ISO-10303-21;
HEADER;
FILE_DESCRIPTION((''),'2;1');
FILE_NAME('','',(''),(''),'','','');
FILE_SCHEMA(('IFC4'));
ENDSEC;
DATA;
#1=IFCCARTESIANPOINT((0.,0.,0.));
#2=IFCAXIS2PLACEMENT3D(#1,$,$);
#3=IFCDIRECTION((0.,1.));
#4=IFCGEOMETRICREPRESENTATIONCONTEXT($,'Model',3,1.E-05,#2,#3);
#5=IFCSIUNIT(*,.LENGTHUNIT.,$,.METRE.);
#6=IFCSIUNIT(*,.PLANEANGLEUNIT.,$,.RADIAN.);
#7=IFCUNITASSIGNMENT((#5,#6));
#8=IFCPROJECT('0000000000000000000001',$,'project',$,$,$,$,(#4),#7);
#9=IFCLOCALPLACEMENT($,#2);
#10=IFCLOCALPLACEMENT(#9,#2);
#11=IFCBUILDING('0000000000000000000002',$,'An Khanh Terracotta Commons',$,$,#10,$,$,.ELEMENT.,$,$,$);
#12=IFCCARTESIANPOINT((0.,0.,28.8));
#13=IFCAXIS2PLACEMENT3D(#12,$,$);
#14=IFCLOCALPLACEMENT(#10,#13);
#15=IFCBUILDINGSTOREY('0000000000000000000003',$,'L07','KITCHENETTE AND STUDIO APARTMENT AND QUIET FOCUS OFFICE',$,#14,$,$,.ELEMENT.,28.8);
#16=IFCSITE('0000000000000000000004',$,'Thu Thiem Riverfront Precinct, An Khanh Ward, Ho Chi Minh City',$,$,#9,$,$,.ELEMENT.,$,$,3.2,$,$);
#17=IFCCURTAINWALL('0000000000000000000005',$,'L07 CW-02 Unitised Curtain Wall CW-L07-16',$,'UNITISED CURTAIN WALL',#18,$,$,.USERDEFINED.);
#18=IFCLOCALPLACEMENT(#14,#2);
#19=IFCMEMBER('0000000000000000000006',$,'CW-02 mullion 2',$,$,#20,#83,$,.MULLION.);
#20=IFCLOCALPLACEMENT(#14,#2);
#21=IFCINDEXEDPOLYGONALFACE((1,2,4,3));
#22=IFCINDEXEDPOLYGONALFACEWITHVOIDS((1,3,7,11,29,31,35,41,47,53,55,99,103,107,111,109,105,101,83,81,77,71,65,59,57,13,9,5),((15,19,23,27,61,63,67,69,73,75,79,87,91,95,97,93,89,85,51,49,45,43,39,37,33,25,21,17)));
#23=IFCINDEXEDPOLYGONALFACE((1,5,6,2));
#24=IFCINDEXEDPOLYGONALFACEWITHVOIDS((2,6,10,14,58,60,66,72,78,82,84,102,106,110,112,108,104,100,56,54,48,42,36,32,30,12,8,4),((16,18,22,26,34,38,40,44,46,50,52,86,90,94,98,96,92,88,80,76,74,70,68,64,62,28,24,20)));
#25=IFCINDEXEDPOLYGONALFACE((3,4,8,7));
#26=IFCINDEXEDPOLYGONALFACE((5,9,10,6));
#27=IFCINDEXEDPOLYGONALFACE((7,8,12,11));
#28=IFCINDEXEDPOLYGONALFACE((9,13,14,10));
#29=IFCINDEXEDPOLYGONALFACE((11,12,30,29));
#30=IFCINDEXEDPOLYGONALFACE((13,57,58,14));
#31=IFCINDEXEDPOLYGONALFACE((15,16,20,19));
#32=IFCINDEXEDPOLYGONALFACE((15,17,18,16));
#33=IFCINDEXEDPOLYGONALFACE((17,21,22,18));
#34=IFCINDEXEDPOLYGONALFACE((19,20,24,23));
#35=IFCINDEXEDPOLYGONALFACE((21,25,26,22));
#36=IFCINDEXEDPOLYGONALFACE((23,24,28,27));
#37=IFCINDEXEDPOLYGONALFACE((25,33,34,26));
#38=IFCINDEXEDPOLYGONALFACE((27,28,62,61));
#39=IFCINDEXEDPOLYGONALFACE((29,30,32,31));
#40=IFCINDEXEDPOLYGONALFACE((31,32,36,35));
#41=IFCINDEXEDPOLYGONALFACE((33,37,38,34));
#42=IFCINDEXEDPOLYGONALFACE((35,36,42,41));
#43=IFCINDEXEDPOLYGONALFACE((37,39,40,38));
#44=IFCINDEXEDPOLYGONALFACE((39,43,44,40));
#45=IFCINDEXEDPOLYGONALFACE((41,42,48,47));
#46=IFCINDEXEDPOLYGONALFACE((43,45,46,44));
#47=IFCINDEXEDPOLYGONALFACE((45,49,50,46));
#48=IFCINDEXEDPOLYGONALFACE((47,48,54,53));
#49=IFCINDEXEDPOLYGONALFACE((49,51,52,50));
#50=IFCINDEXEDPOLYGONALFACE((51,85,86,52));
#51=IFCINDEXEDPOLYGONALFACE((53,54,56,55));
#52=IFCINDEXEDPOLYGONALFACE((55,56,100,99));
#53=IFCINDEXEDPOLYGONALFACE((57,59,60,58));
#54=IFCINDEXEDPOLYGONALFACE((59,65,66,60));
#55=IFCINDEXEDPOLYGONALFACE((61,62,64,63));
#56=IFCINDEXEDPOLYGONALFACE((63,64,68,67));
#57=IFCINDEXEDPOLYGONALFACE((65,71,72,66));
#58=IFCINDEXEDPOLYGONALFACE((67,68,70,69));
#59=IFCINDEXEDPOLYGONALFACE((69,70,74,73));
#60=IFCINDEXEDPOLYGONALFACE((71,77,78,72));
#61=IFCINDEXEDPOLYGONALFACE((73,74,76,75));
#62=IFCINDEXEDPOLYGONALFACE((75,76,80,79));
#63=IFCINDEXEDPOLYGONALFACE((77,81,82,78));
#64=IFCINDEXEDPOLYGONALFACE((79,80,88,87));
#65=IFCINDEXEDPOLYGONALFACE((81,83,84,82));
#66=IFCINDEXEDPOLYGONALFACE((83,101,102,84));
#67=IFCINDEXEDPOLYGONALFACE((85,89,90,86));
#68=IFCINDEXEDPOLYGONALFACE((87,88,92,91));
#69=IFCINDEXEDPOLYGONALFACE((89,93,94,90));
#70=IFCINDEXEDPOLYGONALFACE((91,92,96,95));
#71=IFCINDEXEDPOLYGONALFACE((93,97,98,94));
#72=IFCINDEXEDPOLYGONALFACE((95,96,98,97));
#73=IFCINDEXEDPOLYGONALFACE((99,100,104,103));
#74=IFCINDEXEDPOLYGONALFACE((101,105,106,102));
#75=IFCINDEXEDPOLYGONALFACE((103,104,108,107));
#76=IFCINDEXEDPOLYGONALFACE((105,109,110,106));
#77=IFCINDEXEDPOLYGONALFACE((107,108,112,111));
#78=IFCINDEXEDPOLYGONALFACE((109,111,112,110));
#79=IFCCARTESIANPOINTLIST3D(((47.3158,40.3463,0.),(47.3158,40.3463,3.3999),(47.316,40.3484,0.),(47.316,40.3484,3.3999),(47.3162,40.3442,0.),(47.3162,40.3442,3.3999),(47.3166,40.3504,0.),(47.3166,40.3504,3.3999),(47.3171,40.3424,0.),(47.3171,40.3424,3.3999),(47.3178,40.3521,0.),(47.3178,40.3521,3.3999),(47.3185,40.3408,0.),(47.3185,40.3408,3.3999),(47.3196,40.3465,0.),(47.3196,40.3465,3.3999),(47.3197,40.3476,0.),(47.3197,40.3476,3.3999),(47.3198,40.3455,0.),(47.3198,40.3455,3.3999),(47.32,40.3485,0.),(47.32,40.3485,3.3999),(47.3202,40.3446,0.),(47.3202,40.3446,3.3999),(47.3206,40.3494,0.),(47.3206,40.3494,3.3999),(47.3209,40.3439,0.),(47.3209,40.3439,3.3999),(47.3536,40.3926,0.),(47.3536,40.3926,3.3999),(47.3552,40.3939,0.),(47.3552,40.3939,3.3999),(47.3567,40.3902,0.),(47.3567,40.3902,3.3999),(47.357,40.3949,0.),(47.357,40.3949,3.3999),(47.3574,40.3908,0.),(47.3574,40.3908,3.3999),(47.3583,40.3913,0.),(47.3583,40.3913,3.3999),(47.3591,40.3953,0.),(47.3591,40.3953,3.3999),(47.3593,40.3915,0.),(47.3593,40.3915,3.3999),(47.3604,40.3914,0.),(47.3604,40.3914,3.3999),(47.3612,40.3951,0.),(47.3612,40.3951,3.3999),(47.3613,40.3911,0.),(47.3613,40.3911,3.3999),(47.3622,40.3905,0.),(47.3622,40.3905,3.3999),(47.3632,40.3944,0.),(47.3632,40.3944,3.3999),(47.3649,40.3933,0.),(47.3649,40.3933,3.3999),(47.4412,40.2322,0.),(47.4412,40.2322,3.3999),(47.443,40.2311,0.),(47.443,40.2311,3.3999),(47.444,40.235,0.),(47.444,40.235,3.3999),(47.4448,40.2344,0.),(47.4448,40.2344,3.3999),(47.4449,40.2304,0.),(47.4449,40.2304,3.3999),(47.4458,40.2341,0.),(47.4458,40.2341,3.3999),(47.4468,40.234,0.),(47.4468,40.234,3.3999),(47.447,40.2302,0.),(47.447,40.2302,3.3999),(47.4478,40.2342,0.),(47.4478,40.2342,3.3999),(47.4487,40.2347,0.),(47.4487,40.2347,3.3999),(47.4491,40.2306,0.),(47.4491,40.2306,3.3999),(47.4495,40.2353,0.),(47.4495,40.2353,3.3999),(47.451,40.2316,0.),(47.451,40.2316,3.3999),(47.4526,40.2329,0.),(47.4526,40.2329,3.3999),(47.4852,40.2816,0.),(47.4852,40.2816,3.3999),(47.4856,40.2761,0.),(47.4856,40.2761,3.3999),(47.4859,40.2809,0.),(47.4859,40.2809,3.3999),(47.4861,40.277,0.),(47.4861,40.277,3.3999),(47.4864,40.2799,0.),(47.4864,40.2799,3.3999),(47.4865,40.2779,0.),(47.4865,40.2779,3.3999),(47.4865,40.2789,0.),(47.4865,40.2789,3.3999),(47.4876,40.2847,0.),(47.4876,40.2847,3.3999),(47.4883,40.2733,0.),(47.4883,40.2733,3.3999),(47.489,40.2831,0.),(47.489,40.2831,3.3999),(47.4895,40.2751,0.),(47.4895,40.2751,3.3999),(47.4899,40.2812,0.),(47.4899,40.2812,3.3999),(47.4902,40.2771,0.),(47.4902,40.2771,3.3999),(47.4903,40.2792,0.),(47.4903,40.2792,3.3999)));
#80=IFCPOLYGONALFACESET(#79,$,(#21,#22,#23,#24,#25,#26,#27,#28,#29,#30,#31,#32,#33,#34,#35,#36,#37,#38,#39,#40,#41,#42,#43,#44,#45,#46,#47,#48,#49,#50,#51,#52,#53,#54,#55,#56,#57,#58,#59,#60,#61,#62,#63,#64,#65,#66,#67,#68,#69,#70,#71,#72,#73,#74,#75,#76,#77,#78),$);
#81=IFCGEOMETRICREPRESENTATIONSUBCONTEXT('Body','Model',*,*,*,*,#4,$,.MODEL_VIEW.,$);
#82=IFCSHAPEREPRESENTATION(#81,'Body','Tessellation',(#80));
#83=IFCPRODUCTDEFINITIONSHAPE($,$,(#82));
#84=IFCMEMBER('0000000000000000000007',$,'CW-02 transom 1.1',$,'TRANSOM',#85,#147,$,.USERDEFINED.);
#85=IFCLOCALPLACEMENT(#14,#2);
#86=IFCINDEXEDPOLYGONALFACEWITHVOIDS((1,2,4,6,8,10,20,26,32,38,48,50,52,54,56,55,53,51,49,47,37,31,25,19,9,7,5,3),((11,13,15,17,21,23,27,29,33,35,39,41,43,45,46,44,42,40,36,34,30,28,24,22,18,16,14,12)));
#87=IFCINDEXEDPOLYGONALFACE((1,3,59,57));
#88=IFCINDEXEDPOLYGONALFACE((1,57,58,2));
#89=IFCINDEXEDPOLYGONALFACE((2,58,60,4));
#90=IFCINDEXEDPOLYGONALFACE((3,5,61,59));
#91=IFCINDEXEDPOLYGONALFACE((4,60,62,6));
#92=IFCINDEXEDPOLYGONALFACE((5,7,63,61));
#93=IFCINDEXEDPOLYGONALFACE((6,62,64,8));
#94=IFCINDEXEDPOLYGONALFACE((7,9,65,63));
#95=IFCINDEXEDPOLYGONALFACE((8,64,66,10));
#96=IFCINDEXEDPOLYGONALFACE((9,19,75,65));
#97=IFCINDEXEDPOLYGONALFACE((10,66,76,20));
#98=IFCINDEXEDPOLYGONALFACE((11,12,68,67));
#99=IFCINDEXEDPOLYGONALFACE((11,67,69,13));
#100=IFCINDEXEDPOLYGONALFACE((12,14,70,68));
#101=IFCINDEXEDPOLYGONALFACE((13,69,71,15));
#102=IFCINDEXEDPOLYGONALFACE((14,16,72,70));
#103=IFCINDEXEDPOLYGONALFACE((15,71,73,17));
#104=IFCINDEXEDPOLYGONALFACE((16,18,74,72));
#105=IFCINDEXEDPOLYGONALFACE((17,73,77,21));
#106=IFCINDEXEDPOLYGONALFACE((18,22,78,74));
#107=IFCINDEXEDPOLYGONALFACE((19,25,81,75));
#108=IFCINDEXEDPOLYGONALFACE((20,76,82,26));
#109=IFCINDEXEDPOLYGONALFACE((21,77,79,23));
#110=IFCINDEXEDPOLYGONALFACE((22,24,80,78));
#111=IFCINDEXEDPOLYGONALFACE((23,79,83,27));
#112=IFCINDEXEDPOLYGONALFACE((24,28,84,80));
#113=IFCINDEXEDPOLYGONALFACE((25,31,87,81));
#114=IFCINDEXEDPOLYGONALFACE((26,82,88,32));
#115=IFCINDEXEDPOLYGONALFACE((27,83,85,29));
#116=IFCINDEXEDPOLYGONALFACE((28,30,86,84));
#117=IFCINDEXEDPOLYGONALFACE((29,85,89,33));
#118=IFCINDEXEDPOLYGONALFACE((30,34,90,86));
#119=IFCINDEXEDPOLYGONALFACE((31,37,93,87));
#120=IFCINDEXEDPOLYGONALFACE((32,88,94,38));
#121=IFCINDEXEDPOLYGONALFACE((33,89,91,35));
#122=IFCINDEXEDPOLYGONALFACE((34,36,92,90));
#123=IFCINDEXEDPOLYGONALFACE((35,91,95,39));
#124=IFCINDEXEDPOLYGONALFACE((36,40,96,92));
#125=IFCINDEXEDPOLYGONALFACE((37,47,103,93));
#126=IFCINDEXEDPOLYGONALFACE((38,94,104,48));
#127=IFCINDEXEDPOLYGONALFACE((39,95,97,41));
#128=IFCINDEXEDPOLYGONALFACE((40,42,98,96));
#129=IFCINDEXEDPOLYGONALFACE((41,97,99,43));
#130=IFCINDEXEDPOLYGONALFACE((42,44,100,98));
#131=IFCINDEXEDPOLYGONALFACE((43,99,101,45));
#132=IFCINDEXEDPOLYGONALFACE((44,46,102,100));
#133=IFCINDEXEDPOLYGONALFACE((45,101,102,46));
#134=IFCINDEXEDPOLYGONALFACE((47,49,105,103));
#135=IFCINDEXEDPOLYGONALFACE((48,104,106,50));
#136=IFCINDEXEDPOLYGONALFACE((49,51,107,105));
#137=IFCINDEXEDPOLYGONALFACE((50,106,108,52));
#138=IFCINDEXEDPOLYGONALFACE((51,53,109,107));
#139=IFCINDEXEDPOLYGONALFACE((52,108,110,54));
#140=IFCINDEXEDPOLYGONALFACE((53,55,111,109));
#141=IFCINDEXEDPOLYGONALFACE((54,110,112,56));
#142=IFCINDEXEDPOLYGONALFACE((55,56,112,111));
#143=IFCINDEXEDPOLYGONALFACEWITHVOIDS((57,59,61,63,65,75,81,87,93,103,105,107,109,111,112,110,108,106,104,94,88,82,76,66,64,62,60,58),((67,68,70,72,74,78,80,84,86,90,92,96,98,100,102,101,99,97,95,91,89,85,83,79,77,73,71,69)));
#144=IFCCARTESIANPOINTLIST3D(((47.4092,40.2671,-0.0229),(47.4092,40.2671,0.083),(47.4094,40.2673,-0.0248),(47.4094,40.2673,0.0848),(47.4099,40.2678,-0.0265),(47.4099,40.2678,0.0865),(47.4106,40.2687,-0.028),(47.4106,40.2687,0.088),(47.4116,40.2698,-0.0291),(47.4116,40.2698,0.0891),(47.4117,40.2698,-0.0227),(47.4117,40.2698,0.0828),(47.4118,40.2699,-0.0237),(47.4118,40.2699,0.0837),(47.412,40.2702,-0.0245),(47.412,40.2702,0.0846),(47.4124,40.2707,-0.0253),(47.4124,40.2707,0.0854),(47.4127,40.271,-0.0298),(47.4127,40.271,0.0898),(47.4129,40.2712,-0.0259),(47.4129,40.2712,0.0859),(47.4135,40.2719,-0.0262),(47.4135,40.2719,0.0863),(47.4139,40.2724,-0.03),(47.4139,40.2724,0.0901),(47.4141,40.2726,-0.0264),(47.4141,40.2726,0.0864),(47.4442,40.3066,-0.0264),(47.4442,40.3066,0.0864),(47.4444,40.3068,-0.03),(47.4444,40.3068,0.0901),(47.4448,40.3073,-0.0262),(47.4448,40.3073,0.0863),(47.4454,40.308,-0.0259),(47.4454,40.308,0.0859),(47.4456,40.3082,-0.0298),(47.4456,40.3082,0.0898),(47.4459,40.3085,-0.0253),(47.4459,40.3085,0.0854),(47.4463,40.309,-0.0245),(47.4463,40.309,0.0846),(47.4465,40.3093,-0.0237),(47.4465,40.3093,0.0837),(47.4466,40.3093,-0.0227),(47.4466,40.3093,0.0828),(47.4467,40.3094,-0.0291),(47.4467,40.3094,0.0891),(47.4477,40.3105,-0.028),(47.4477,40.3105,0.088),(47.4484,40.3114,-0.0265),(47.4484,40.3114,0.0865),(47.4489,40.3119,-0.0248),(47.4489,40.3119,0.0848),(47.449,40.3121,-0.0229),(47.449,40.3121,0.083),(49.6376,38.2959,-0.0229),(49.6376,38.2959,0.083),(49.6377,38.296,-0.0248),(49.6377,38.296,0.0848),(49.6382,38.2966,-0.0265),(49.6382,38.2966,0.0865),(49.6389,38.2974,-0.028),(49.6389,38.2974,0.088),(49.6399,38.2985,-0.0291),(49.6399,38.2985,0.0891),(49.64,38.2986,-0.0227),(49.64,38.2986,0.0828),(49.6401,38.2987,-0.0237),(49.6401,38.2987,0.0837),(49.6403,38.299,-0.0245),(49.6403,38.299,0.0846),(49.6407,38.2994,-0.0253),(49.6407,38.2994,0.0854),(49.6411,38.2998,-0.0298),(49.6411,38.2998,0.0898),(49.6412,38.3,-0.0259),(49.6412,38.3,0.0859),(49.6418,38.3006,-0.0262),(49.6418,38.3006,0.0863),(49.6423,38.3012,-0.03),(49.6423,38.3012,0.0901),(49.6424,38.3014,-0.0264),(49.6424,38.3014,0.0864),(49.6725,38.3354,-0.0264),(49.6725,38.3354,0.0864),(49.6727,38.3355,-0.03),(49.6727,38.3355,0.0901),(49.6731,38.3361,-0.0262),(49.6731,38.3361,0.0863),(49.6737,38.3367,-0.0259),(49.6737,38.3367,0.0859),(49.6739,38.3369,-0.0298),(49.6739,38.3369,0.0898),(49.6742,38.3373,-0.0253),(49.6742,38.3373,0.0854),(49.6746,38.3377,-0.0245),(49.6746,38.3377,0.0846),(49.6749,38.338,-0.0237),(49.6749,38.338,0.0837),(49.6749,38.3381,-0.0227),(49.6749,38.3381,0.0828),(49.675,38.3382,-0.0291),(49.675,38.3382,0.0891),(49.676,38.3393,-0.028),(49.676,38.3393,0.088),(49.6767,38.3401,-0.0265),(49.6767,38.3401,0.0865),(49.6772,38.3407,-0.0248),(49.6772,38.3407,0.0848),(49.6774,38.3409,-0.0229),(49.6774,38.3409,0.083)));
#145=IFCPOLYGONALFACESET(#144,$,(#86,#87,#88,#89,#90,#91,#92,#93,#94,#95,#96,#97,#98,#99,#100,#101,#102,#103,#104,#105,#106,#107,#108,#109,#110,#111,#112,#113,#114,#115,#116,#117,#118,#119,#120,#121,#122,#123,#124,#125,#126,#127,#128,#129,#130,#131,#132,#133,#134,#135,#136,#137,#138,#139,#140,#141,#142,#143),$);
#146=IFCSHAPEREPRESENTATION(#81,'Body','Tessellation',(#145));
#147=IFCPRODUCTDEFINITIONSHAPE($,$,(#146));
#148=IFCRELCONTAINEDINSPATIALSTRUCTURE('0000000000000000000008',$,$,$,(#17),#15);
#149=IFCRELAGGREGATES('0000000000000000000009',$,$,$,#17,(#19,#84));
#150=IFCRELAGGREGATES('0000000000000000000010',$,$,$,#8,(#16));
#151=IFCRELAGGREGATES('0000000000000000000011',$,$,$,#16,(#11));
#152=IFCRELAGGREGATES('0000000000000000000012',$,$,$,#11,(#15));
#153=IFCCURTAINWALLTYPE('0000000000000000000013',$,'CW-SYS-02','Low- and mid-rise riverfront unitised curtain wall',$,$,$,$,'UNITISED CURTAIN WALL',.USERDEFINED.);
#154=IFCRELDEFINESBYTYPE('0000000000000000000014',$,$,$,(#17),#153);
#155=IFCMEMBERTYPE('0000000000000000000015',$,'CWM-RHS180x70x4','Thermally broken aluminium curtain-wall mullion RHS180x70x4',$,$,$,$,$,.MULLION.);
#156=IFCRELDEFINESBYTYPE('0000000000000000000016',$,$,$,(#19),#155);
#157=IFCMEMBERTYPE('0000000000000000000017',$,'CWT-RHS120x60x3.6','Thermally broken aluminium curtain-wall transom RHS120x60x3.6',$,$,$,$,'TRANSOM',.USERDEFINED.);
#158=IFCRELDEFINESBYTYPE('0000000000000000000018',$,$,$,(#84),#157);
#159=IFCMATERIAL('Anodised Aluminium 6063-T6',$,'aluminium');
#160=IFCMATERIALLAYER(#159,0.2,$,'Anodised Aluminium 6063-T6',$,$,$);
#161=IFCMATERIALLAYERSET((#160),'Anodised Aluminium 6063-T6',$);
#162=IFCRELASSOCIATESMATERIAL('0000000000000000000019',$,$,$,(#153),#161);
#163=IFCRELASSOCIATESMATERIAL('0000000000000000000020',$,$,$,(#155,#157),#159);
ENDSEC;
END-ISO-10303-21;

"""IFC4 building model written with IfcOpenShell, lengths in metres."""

from ifc_helpers import new_model, si_unit, direction, frame, origin, origin_2d, place, context, subcontext, project, spatial, hollow_rectangle, extrude, material, layer, layer_set, material_profile, profile_set, type_object, element, aggregate, save


model = new_model("IFC4")

# Units and contexts
model_context = context("Model", 3, precision=1e-05, world=origin(), true_north=direction((0.0, 1.0)))
body_context = subcontext(model_context, "Body", "Model", "MODEL_VIEW")
ifc_project = project(units=[si_unit("LENGTHUNIT", "METRE"), si_unit("PLANEANGLEUNIT", "RADIAN")], contexts=[model_context])

# Site, building, storey
site_placement = place(None, origin())
site = spatial("IfcSite", under=ifc_project, at=site_placement, Name="Thu Thiem Riverfront Precinct, An Khanh Ward, Ho Chi Minh City", CompositionType="ELEMENT", RefElevation=3.2)
building_placement = place(site_placement, origin())
building = spatial("IfcBuilding", under=site, at=building_placement, Name="An Khanh Terracotta Commons", CompositionType="ELEMENT")
storey_placement = place(building_placement, frame((0.0, 0.0, 28.8)))
storey = spatial("IfcBuildingStorey", under=building, at=storey_placement, Name="L07", Description="KITCHENETTE AND STUDIO APARTMENT AND QUIET FOCUS OFFICE", CompositionType="ELEMENT", Elevation=28.8)

# Shared definitions
ifc_material_1 = material(Name="Anodised Aluminium 6063-T6", Category="aluminium")
ifc_layer_1 = layer(ifc_material_1, 0.2, Name="Anodised Aluminium 6063-T6")
ifc_layer_set_1 = layer_set([ifc_layer_1], Name="Anodised Aluminium 6063-T6")
curtain_wall_type = type_object("IfcCurtainWallType", Name="CW-SYS-02", Description="Low- and mid-rise riverfront unitised curtain wall", ElementType="UNITISED CURTAIN WALL", PredefinedType="USERDEFINED", material=ifc_layer_set_1)
ifc_material_profile_1 = material_profile(ifc_material_1, hollow_rectangle(XDim=0.0701, YDim=0.1799, WallThickness=0.0039, InnerFilletRadius=0.0039, OuterFilletRadius=0.0081, at=origin_2d()), Name="RHS180x70x4")
ifc_profile_set_1 = profile_set([ifc_material_profile_1], Name="Anodised Aluminium 6063-T6")
member_type_1 = type_object("IfcMemberType", Name="CWM-RHS180x70x4", Description="Thermally broken aluminium curtain-wall mullion RHS180x70x4", PredefinedType="MULLION", material=ifc_profile_set_1)

# Curtain wall, members
curtain_wall_1_placement = place(storey_placement, origin())
curtain_wall_1 = element("IfcCurtainWall", 1, at=curtain_wall_1_placement, inside=storey, type_object=curtain_wall_type, Name="L07 CW-02 Unitised Curtain Wall CW-L07-16", ObjectType="UNITISED CURTAIN WALL", PredefinedType="USERDEFINED")
member_1_placement = place(storey_placement, frame((47.4031, 40.3127, 0.0), z_axis=(0.0, 0.0, 1.0), x_axis=(-0.662548, -0.749019, 0.0)))
member_1 = element("IfcMember", 2, at=member_1_placement, type_object=member_type_1, Name="CW-02 mullion 2", PredefinedType="MULLION", context=body_context, shape_type="SweptSolid", body=[
    extrude(hollow_rectangle(XDim=0.0701, YDim=0.1799, WallThickness=0.0039, InnerFilletRadius=0.0039, OuterFilletRadius=0.0081, at=origin_2d()), origin(), (0.0, 0.0, 1.0), 3.3999),
])
ifc_material_profile_2 = material_profile(ifc_material_1, hollow_rectangle(XDim=0.0601, YDim=0.1201, WallThickness=0.0037, InnerFilletRadius=0.0037, OuterFilletRadius=0.0071, at=origin_2d()), Name="RHS120x60x3.6")
ifc_profile_set_2 = profile_set([ifc_material_profile_2], Name="Anodised Aluminium 6063-T6")
member_type_2 = type_object("IfcMemberType", Name="CWT-RHS120x60x3.6", Description="Thermally broken aluminium curtain-wall transom RHS120x60x3.6", ElementType="TRANSOM", PredefinedType="USERDEFINED", material=ifc_profile_set_2)
member_2_placement = place(storey_placement, frame((49.6575, 38.3184, 0.03), z_axis=(-0.748992, 0.662579, 0.0), x_axis=(-0.662579, -0.748992, 0.0)))
member_2 = element("IfcMember", 3, at=member_2_placement, type_object=member_type_2, Name="CW-02 transom 1.1", ObjectType="TRANSOM", PredefinedType="USERDEFINED", context=body_context, shape_type="SweptSolid", body=[
    extrude(hollow_rectangle(XDim=0.0601, YDim=0.1201, WallThickness=0.0037, InnerFilletRadius=0.0037, OuterFilletRadius=0.0071, at=origin_2d()), origin(), (0.0, 0.0, 1.0), 2.9751),
])
aggregate(curtain_wall_1, [member_1, member_2])

save(model, "model.ifc")
